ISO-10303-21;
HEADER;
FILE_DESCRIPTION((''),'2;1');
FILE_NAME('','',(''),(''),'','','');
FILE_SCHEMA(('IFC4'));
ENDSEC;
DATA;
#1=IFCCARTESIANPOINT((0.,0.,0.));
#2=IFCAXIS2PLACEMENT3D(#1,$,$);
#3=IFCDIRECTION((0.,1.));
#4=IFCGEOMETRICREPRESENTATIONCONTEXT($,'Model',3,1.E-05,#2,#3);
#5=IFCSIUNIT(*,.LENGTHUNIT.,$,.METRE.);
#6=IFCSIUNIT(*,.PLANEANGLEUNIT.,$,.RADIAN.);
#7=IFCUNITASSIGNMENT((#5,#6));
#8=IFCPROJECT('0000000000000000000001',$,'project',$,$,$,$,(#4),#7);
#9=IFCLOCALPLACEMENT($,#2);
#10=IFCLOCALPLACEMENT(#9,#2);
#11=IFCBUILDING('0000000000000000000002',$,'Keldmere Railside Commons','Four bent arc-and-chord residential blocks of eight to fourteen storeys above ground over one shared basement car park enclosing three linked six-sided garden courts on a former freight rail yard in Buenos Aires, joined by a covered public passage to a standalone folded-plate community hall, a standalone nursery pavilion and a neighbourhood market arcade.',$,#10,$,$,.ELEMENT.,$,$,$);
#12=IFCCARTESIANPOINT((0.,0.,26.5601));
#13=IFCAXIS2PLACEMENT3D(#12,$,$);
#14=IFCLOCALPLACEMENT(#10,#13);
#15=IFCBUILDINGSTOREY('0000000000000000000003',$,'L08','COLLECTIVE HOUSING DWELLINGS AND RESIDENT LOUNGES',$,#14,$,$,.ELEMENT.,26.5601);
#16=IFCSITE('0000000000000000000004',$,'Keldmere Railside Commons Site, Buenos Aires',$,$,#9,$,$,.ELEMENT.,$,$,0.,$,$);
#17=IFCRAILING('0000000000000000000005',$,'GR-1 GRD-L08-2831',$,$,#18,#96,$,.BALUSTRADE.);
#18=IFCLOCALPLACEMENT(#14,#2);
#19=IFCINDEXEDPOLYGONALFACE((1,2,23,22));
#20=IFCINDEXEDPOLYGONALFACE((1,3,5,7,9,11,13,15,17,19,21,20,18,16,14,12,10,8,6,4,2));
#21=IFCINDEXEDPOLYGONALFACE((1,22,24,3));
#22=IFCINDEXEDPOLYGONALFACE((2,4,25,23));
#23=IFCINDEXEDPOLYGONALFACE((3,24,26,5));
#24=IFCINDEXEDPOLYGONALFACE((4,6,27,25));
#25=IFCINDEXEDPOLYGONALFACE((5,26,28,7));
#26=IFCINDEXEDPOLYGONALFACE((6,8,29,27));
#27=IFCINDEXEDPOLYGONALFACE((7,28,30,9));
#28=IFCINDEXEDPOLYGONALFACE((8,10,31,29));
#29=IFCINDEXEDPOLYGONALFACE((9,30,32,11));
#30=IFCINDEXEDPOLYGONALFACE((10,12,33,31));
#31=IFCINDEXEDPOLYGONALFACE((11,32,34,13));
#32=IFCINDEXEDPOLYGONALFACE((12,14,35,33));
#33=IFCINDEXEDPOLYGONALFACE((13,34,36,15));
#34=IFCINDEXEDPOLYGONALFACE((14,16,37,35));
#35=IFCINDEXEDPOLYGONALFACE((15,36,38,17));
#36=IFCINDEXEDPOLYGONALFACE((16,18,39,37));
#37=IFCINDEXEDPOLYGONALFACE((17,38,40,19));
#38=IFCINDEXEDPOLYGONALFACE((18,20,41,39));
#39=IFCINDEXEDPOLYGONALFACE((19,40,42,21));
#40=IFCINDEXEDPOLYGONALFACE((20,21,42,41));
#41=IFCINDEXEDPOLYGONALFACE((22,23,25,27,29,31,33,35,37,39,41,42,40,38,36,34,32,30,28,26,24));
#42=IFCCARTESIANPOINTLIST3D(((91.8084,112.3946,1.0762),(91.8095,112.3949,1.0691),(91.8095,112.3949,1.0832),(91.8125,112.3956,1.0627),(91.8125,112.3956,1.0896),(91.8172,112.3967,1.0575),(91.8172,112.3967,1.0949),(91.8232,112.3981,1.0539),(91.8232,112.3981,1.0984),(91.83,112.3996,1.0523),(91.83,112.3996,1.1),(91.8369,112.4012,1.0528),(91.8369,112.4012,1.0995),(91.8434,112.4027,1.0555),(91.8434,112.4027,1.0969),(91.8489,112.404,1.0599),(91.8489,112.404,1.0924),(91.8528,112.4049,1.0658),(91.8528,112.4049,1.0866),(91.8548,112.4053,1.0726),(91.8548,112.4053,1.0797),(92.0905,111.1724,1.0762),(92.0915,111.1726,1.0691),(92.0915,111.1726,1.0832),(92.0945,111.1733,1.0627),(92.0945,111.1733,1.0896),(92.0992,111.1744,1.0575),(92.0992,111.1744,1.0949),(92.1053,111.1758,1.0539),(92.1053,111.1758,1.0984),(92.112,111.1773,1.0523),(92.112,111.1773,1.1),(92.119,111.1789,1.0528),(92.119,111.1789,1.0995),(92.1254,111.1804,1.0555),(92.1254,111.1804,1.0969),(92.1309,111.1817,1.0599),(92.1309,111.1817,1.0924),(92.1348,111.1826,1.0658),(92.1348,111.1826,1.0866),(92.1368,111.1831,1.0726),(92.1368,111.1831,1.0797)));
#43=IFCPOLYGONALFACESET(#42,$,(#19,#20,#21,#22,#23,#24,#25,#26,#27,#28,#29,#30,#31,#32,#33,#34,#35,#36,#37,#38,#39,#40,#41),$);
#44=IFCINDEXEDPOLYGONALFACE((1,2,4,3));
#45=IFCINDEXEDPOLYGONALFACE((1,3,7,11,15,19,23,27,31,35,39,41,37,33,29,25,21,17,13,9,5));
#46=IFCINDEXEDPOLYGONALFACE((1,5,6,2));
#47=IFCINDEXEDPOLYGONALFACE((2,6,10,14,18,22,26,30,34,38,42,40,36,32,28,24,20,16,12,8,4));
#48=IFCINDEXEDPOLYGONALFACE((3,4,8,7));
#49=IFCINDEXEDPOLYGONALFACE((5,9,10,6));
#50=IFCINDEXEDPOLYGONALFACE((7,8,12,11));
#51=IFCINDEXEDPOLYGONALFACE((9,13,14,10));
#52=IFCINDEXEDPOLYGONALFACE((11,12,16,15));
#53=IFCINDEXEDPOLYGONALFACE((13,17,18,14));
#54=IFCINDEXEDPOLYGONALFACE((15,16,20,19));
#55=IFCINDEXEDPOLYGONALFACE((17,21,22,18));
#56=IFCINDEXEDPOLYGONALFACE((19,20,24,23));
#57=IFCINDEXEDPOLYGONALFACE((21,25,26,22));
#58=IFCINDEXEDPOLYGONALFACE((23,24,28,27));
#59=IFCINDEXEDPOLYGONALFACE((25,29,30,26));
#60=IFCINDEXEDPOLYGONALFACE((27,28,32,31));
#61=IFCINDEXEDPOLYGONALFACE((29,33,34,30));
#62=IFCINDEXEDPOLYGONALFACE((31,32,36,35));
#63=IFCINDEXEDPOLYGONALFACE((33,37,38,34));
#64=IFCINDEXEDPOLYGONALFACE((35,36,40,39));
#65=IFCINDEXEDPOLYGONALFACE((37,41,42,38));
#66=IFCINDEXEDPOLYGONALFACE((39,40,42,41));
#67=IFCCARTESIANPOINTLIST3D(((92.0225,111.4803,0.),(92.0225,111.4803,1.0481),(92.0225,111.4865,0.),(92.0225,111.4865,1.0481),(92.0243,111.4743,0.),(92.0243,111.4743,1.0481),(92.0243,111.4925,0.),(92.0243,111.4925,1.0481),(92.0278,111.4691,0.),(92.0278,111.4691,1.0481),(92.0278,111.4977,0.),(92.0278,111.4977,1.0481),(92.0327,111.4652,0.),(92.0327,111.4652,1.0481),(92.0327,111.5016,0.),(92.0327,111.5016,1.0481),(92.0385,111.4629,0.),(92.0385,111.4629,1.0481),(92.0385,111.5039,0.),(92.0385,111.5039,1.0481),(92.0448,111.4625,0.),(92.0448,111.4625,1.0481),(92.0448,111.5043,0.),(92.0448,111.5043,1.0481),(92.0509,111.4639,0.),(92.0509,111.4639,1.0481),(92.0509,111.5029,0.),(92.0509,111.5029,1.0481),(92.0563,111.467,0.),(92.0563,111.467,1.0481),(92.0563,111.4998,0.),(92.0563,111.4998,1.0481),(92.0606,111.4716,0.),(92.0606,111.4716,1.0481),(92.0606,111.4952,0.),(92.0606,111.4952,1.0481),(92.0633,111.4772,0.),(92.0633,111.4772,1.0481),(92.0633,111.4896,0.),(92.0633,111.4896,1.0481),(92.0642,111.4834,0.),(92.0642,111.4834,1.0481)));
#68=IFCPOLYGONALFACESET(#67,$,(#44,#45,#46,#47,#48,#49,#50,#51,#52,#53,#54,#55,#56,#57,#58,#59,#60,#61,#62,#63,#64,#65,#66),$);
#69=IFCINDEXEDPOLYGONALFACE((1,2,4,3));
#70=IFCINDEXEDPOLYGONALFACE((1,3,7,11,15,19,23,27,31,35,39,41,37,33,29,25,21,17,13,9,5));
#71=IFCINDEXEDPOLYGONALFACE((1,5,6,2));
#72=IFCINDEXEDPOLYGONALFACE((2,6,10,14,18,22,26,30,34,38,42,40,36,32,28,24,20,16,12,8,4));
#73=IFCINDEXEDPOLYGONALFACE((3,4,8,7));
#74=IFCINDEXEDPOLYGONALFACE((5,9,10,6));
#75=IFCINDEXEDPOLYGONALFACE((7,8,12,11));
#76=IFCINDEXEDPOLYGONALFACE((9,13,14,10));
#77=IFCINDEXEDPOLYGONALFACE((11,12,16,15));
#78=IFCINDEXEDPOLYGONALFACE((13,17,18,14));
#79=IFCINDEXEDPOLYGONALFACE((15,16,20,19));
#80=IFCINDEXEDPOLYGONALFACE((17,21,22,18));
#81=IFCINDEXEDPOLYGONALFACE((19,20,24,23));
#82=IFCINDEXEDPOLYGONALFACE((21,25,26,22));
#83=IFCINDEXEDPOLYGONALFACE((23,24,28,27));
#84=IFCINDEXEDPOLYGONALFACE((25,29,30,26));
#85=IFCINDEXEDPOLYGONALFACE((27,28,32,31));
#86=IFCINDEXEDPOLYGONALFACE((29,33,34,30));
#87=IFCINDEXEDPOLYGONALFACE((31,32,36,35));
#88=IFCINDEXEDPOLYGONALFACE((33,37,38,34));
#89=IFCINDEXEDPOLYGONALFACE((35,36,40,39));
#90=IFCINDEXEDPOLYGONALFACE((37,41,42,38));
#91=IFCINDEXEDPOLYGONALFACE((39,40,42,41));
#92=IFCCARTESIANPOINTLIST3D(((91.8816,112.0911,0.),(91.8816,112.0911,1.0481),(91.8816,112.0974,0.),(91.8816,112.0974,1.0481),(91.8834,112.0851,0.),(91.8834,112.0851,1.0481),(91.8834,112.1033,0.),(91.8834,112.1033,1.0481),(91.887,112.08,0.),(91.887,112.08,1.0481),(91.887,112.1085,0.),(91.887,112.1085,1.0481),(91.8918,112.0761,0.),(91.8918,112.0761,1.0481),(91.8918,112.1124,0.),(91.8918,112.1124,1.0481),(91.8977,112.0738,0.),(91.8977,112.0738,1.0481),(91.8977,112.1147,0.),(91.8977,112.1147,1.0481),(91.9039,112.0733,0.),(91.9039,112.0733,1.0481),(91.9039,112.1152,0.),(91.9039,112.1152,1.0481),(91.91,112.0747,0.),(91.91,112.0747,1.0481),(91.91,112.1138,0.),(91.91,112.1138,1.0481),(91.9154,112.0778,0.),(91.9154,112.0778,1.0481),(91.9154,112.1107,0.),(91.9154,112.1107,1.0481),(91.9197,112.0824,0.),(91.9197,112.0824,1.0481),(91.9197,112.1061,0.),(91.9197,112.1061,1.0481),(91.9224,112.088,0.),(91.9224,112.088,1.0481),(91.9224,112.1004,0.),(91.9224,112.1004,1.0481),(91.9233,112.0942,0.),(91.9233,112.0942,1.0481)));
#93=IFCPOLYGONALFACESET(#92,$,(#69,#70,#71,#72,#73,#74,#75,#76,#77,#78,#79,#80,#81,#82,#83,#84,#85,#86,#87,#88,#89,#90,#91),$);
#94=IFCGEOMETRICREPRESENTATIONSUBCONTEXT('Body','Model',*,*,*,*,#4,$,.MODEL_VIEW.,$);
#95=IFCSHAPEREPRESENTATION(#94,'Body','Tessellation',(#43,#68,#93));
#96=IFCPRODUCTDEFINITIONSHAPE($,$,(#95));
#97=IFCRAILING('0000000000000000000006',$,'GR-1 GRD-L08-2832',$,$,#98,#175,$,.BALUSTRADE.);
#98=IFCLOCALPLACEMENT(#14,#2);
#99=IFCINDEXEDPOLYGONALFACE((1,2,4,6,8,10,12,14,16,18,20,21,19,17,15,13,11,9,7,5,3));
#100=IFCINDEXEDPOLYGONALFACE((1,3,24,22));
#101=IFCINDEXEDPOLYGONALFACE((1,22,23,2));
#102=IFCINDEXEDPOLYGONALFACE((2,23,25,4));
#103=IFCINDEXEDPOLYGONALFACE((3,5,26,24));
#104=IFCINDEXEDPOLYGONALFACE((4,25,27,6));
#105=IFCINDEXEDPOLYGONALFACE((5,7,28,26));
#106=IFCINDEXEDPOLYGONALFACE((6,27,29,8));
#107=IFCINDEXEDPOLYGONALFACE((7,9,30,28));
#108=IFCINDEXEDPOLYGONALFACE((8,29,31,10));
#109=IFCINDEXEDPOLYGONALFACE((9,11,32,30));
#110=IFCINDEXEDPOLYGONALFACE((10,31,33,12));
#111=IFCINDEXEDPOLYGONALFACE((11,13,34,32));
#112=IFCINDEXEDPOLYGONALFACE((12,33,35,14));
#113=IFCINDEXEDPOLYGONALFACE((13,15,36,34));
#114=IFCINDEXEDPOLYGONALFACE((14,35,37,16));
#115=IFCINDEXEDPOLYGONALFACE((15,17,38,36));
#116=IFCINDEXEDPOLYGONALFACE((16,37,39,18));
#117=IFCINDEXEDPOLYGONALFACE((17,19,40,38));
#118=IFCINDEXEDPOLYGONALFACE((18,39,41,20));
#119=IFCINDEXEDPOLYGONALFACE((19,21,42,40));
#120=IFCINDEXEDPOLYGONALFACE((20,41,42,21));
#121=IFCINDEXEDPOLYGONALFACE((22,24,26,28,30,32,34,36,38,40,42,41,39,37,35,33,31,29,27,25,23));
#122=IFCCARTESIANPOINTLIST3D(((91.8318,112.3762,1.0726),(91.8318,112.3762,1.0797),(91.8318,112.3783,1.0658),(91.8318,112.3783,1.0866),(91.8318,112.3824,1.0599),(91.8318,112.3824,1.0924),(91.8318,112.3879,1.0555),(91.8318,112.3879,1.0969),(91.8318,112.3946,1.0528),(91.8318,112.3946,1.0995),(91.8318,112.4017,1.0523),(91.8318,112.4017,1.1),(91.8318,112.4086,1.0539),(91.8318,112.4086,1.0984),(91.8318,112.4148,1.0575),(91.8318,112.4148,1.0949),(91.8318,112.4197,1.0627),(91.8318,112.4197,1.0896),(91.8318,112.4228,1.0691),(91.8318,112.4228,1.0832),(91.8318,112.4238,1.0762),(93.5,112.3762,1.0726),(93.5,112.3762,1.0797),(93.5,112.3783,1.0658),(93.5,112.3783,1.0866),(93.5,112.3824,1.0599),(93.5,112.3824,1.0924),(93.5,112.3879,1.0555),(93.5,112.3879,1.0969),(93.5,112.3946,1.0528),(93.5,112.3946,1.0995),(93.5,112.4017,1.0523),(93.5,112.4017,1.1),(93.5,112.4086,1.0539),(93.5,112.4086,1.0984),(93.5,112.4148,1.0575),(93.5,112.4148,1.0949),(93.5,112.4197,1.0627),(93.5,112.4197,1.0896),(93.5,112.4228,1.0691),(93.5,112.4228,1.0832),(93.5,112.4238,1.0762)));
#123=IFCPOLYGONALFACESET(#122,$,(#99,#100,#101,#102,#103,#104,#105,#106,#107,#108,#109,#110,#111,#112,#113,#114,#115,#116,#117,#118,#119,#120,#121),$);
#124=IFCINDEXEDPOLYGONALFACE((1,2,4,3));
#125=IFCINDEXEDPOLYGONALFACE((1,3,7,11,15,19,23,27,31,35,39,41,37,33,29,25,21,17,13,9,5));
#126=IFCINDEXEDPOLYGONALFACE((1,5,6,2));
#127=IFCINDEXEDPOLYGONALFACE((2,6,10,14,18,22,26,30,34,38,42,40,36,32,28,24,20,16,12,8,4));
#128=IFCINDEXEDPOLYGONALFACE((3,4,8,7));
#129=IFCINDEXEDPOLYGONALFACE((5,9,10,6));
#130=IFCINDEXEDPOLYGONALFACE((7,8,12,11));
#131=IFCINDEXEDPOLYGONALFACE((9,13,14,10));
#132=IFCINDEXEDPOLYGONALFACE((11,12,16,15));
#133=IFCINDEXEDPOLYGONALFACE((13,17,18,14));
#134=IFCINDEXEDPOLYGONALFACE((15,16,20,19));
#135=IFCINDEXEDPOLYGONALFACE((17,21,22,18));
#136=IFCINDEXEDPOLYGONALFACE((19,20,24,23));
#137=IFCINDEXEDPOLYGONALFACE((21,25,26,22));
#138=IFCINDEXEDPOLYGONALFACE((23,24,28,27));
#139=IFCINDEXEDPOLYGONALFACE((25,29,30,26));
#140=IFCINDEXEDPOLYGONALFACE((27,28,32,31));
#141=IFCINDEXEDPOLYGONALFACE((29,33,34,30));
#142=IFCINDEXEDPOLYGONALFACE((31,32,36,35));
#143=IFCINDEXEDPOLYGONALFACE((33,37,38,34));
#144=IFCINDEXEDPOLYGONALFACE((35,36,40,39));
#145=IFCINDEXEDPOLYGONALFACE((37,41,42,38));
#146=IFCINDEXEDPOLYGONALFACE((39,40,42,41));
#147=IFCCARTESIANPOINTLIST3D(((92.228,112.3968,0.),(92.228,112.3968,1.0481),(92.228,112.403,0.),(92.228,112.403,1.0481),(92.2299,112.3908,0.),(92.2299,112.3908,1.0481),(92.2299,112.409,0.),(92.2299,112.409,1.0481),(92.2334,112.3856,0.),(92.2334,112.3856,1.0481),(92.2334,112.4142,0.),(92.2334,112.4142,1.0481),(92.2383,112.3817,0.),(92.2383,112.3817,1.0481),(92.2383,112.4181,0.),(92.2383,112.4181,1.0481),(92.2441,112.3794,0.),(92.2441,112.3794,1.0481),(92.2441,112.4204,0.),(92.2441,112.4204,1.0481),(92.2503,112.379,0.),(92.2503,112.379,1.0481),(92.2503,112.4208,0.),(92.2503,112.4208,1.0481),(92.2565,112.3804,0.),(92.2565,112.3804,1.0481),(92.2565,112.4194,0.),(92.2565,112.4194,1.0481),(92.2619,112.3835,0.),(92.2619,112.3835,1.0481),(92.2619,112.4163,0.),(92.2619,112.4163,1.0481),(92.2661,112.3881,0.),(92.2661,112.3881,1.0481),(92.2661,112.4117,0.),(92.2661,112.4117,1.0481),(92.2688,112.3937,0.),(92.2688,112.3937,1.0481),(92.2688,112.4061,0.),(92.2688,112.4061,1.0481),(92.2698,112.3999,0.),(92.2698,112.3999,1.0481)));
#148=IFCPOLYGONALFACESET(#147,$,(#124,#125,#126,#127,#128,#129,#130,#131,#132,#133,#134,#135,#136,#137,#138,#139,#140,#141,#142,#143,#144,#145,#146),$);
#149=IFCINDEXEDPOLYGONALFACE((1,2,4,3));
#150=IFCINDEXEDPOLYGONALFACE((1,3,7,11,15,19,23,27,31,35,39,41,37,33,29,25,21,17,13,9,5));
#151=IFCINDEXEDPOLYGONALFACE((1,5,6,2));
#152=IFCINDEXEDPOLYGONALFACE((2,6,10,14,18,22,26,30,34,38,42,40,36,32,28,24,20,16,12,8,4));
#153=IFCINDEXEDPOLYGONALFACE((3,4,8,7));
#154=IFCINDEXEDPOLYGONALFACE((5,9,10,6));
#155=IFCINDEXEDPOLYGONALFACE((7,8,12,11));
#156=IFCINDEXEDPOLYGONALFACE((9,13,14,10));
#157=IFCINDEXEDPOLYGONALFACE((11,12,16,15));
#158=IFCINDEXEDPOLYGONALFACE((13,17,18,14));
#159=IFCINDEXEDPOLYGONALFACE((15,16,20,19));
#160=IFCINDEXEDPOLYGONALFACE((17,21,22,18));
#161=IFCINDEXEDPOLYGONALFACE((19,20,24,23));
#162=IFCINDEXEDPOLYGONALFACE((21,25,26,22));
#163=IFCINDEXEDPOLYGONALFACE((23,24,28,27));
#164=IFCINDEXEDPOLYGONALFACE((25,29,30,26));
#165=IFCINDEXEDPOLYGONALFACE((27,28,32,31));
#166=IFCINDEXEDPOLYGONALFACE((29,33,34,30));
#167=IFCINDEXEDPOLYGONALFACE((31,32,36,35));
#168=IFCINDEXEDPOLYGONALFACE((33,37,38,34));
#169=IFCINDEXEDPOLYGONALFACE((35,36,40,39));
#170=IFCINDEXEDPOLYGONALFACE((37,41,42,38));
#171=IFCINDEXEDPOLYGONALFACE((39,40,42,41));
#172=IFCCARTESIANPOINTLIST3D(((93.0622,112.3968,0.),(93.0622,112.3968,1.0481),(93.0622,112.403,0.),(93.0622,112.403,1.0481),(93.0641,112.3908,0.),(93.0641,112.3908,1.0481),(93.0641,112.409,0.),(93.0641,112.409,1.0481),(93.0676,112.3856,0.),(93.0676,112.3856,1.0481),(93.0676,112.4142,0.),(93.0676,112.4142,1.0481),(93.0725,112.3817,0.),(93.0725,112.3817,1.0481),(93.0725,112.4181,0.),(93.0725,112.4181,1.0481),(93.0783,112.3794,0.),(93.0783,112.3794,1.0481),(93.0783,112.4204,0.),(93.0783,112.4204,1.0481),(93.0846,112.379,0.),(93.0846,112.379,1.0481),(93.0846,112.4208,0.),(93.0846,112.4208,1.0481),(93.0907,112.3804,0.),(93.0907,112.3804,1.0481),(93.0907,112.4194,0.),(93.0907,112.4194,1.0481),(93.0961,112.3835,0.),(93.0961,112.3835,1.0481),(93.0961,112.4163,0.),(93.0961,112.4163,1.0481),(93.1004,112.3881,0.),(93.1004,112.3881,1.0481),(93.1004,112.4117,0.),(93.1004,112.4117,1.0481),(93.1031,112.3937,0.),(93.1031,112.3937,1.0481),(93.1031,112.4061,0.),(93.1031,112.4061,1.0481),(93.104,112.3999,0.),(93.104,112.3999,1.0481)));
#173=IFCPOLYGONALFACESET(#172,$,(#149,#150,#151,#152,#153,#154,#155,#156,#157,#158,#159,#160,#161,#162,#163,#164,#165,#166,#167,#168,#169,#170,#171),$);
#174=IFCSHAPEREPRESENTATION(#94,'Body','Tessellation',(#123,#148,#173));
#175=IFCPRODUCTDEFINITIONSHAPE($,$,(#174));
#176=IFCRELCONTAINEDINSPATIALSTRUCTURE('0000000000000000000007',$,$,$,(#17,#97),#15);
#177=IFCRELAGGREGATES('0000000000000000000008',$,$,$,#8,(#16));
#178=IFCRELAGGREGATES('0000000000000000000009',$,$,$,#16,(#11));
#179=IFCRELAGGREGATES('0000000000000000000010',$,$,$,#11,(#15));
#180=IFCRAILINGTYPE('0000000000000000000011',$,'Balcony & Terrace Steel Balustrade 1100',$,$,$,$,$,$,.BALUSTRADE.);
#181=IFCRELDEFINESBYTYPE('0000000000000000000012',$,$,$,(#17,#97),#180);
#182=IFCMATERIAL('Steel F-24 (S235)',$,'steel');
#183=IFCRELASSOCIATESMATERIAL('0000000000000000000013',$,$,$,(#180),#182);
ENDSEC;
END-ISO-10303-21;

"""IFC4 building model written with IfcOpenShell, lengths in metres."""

from ifc_helpers import new_model, si_unit, direction, frame, origin, origin_2d, place, context, subcontext, project, spatial, circle, extrude, material, type_object, element, save


model = new_model("IFC4")

# Units and contexts
model_context = context("Model", 3, precision=1e-05, world=origin(), true_north=direction((0.0, 1.0)))
body_context = subcontext(model_context, "Body", "Model", "MODEL_VIEW")
ifc_project = project(units=[si_unit("LENGTHUNIT", "METRE"), si_unit("PLANEANGLEUNIT", "RADIAN")], contexts=[model_context])

# Site, building, storey
site_placement = place(None, origin())
site = spatial("IfcSite", under=ifc_project, at=site_placement, Name="Keldmere Railside Commons Site, Buenos Aires", CompositionType="ELEMENT", RefElevation=0.0)
building_placement = place(site_placement, origin())
building = spatial("IfcBuilding", under=site, at=building_placement, Name="Keldmere Railside Commons", Description="Four bent arc-and-chord residential blocks of eight to fourteen storeys above ground over one shared basement car park enclosing three linked six-sided garden courts on a former freight rail yard in Buenos Aires, joined by a covered public passage to a standalone folded-plate community hall, a standalone nursery pavilion and a neighbourhood market arcade.", CompositionType="ELEMENT")
storey_placement = place(building_placement, frame((0.0, 0.0, 26.5601)))
storey = spatial("IfcBuildingStorey", under=building, at=storey_placement, Name="L08", Description="COLLECTIVE HOUSING DWELLINGS AND RESIDENT LOUNGES", CompositionType="ELEMENT", Elevation=26.5601)

# Railings
ifc_material_1 = material(Name="Steel F-24 (S235)", Category="steel")
railing_type = type_object("IfcRailingType", Name="Balcony & Terrace Steel Balustrade 1100", PredefinedType="BALUSTRADE", material=ifc_material_1)
railing_1_placement = place(storey_placement, frame((92.1138, 111.1777, 0.0)))
element("IfcRailing", 1, at=railing_1_placement, inside=storey, type_object=railing_type, Name="GR-1 GRD-L08-2831", PredefinedType="BALUSTRADE", context=body_context, shape_type="SweptSolid", body=[
    extrude(circle(Radius=0.0239, at=origin_2d()), frame((0.0, 0.0, 1.0762), z_axis=(-0.224817, 0.974401, 0.0), x_axis=(-0.974401, -0.224817, 0.0)), (0.0, 0.0, 1.0), 1.2544),
    extrude(circle(Radius=0.021, at=origin_2d()), frame((-0.0706, 0.3057, 0.0)), (0.0, 0.0, 1.0), 1.0481),
    extrude(circle(Radius=0.021, at=origin_2d()), frame((-0.2114, 0.9165, 0.0)), (0.0, 0.0, 1.0), 1.0481),
])
railing_2_placement = place(storey_placement, frame((91.8318, 112.3999, 0.0)))
element("IfcRailing", 2, at=railing_2_placement, inside=storey, type_object=railing_type, Name="GR-1 GRD-L08-2832", PredefinedType="BALUSTRADE", context=body_context, shape_type="SweptSolid", body=[
    extrude(circle(Radius=0.0239, at=origin_2d()), frame((0.0, 0.0, 1.0762), z_axis=(1.0, 0.0, 0.0), x_axis=(0.0, 1.0, 0.0)), (0.0, 0.0, 1.0), 1.6682),
    extrude(circle(Radius=0.021, at=origin_2d()), frame((0.417, 0.0, 0.0)), (0.0, 0.0, 1.0), 1.0481),
    extrude(circle(Radius=0.021, at=origin_2d()), frame((1.2512, 0.0, 0.0)), (0.0, 0.0, 1.0), 1.0481),
])

save(model, "model.ifc")
